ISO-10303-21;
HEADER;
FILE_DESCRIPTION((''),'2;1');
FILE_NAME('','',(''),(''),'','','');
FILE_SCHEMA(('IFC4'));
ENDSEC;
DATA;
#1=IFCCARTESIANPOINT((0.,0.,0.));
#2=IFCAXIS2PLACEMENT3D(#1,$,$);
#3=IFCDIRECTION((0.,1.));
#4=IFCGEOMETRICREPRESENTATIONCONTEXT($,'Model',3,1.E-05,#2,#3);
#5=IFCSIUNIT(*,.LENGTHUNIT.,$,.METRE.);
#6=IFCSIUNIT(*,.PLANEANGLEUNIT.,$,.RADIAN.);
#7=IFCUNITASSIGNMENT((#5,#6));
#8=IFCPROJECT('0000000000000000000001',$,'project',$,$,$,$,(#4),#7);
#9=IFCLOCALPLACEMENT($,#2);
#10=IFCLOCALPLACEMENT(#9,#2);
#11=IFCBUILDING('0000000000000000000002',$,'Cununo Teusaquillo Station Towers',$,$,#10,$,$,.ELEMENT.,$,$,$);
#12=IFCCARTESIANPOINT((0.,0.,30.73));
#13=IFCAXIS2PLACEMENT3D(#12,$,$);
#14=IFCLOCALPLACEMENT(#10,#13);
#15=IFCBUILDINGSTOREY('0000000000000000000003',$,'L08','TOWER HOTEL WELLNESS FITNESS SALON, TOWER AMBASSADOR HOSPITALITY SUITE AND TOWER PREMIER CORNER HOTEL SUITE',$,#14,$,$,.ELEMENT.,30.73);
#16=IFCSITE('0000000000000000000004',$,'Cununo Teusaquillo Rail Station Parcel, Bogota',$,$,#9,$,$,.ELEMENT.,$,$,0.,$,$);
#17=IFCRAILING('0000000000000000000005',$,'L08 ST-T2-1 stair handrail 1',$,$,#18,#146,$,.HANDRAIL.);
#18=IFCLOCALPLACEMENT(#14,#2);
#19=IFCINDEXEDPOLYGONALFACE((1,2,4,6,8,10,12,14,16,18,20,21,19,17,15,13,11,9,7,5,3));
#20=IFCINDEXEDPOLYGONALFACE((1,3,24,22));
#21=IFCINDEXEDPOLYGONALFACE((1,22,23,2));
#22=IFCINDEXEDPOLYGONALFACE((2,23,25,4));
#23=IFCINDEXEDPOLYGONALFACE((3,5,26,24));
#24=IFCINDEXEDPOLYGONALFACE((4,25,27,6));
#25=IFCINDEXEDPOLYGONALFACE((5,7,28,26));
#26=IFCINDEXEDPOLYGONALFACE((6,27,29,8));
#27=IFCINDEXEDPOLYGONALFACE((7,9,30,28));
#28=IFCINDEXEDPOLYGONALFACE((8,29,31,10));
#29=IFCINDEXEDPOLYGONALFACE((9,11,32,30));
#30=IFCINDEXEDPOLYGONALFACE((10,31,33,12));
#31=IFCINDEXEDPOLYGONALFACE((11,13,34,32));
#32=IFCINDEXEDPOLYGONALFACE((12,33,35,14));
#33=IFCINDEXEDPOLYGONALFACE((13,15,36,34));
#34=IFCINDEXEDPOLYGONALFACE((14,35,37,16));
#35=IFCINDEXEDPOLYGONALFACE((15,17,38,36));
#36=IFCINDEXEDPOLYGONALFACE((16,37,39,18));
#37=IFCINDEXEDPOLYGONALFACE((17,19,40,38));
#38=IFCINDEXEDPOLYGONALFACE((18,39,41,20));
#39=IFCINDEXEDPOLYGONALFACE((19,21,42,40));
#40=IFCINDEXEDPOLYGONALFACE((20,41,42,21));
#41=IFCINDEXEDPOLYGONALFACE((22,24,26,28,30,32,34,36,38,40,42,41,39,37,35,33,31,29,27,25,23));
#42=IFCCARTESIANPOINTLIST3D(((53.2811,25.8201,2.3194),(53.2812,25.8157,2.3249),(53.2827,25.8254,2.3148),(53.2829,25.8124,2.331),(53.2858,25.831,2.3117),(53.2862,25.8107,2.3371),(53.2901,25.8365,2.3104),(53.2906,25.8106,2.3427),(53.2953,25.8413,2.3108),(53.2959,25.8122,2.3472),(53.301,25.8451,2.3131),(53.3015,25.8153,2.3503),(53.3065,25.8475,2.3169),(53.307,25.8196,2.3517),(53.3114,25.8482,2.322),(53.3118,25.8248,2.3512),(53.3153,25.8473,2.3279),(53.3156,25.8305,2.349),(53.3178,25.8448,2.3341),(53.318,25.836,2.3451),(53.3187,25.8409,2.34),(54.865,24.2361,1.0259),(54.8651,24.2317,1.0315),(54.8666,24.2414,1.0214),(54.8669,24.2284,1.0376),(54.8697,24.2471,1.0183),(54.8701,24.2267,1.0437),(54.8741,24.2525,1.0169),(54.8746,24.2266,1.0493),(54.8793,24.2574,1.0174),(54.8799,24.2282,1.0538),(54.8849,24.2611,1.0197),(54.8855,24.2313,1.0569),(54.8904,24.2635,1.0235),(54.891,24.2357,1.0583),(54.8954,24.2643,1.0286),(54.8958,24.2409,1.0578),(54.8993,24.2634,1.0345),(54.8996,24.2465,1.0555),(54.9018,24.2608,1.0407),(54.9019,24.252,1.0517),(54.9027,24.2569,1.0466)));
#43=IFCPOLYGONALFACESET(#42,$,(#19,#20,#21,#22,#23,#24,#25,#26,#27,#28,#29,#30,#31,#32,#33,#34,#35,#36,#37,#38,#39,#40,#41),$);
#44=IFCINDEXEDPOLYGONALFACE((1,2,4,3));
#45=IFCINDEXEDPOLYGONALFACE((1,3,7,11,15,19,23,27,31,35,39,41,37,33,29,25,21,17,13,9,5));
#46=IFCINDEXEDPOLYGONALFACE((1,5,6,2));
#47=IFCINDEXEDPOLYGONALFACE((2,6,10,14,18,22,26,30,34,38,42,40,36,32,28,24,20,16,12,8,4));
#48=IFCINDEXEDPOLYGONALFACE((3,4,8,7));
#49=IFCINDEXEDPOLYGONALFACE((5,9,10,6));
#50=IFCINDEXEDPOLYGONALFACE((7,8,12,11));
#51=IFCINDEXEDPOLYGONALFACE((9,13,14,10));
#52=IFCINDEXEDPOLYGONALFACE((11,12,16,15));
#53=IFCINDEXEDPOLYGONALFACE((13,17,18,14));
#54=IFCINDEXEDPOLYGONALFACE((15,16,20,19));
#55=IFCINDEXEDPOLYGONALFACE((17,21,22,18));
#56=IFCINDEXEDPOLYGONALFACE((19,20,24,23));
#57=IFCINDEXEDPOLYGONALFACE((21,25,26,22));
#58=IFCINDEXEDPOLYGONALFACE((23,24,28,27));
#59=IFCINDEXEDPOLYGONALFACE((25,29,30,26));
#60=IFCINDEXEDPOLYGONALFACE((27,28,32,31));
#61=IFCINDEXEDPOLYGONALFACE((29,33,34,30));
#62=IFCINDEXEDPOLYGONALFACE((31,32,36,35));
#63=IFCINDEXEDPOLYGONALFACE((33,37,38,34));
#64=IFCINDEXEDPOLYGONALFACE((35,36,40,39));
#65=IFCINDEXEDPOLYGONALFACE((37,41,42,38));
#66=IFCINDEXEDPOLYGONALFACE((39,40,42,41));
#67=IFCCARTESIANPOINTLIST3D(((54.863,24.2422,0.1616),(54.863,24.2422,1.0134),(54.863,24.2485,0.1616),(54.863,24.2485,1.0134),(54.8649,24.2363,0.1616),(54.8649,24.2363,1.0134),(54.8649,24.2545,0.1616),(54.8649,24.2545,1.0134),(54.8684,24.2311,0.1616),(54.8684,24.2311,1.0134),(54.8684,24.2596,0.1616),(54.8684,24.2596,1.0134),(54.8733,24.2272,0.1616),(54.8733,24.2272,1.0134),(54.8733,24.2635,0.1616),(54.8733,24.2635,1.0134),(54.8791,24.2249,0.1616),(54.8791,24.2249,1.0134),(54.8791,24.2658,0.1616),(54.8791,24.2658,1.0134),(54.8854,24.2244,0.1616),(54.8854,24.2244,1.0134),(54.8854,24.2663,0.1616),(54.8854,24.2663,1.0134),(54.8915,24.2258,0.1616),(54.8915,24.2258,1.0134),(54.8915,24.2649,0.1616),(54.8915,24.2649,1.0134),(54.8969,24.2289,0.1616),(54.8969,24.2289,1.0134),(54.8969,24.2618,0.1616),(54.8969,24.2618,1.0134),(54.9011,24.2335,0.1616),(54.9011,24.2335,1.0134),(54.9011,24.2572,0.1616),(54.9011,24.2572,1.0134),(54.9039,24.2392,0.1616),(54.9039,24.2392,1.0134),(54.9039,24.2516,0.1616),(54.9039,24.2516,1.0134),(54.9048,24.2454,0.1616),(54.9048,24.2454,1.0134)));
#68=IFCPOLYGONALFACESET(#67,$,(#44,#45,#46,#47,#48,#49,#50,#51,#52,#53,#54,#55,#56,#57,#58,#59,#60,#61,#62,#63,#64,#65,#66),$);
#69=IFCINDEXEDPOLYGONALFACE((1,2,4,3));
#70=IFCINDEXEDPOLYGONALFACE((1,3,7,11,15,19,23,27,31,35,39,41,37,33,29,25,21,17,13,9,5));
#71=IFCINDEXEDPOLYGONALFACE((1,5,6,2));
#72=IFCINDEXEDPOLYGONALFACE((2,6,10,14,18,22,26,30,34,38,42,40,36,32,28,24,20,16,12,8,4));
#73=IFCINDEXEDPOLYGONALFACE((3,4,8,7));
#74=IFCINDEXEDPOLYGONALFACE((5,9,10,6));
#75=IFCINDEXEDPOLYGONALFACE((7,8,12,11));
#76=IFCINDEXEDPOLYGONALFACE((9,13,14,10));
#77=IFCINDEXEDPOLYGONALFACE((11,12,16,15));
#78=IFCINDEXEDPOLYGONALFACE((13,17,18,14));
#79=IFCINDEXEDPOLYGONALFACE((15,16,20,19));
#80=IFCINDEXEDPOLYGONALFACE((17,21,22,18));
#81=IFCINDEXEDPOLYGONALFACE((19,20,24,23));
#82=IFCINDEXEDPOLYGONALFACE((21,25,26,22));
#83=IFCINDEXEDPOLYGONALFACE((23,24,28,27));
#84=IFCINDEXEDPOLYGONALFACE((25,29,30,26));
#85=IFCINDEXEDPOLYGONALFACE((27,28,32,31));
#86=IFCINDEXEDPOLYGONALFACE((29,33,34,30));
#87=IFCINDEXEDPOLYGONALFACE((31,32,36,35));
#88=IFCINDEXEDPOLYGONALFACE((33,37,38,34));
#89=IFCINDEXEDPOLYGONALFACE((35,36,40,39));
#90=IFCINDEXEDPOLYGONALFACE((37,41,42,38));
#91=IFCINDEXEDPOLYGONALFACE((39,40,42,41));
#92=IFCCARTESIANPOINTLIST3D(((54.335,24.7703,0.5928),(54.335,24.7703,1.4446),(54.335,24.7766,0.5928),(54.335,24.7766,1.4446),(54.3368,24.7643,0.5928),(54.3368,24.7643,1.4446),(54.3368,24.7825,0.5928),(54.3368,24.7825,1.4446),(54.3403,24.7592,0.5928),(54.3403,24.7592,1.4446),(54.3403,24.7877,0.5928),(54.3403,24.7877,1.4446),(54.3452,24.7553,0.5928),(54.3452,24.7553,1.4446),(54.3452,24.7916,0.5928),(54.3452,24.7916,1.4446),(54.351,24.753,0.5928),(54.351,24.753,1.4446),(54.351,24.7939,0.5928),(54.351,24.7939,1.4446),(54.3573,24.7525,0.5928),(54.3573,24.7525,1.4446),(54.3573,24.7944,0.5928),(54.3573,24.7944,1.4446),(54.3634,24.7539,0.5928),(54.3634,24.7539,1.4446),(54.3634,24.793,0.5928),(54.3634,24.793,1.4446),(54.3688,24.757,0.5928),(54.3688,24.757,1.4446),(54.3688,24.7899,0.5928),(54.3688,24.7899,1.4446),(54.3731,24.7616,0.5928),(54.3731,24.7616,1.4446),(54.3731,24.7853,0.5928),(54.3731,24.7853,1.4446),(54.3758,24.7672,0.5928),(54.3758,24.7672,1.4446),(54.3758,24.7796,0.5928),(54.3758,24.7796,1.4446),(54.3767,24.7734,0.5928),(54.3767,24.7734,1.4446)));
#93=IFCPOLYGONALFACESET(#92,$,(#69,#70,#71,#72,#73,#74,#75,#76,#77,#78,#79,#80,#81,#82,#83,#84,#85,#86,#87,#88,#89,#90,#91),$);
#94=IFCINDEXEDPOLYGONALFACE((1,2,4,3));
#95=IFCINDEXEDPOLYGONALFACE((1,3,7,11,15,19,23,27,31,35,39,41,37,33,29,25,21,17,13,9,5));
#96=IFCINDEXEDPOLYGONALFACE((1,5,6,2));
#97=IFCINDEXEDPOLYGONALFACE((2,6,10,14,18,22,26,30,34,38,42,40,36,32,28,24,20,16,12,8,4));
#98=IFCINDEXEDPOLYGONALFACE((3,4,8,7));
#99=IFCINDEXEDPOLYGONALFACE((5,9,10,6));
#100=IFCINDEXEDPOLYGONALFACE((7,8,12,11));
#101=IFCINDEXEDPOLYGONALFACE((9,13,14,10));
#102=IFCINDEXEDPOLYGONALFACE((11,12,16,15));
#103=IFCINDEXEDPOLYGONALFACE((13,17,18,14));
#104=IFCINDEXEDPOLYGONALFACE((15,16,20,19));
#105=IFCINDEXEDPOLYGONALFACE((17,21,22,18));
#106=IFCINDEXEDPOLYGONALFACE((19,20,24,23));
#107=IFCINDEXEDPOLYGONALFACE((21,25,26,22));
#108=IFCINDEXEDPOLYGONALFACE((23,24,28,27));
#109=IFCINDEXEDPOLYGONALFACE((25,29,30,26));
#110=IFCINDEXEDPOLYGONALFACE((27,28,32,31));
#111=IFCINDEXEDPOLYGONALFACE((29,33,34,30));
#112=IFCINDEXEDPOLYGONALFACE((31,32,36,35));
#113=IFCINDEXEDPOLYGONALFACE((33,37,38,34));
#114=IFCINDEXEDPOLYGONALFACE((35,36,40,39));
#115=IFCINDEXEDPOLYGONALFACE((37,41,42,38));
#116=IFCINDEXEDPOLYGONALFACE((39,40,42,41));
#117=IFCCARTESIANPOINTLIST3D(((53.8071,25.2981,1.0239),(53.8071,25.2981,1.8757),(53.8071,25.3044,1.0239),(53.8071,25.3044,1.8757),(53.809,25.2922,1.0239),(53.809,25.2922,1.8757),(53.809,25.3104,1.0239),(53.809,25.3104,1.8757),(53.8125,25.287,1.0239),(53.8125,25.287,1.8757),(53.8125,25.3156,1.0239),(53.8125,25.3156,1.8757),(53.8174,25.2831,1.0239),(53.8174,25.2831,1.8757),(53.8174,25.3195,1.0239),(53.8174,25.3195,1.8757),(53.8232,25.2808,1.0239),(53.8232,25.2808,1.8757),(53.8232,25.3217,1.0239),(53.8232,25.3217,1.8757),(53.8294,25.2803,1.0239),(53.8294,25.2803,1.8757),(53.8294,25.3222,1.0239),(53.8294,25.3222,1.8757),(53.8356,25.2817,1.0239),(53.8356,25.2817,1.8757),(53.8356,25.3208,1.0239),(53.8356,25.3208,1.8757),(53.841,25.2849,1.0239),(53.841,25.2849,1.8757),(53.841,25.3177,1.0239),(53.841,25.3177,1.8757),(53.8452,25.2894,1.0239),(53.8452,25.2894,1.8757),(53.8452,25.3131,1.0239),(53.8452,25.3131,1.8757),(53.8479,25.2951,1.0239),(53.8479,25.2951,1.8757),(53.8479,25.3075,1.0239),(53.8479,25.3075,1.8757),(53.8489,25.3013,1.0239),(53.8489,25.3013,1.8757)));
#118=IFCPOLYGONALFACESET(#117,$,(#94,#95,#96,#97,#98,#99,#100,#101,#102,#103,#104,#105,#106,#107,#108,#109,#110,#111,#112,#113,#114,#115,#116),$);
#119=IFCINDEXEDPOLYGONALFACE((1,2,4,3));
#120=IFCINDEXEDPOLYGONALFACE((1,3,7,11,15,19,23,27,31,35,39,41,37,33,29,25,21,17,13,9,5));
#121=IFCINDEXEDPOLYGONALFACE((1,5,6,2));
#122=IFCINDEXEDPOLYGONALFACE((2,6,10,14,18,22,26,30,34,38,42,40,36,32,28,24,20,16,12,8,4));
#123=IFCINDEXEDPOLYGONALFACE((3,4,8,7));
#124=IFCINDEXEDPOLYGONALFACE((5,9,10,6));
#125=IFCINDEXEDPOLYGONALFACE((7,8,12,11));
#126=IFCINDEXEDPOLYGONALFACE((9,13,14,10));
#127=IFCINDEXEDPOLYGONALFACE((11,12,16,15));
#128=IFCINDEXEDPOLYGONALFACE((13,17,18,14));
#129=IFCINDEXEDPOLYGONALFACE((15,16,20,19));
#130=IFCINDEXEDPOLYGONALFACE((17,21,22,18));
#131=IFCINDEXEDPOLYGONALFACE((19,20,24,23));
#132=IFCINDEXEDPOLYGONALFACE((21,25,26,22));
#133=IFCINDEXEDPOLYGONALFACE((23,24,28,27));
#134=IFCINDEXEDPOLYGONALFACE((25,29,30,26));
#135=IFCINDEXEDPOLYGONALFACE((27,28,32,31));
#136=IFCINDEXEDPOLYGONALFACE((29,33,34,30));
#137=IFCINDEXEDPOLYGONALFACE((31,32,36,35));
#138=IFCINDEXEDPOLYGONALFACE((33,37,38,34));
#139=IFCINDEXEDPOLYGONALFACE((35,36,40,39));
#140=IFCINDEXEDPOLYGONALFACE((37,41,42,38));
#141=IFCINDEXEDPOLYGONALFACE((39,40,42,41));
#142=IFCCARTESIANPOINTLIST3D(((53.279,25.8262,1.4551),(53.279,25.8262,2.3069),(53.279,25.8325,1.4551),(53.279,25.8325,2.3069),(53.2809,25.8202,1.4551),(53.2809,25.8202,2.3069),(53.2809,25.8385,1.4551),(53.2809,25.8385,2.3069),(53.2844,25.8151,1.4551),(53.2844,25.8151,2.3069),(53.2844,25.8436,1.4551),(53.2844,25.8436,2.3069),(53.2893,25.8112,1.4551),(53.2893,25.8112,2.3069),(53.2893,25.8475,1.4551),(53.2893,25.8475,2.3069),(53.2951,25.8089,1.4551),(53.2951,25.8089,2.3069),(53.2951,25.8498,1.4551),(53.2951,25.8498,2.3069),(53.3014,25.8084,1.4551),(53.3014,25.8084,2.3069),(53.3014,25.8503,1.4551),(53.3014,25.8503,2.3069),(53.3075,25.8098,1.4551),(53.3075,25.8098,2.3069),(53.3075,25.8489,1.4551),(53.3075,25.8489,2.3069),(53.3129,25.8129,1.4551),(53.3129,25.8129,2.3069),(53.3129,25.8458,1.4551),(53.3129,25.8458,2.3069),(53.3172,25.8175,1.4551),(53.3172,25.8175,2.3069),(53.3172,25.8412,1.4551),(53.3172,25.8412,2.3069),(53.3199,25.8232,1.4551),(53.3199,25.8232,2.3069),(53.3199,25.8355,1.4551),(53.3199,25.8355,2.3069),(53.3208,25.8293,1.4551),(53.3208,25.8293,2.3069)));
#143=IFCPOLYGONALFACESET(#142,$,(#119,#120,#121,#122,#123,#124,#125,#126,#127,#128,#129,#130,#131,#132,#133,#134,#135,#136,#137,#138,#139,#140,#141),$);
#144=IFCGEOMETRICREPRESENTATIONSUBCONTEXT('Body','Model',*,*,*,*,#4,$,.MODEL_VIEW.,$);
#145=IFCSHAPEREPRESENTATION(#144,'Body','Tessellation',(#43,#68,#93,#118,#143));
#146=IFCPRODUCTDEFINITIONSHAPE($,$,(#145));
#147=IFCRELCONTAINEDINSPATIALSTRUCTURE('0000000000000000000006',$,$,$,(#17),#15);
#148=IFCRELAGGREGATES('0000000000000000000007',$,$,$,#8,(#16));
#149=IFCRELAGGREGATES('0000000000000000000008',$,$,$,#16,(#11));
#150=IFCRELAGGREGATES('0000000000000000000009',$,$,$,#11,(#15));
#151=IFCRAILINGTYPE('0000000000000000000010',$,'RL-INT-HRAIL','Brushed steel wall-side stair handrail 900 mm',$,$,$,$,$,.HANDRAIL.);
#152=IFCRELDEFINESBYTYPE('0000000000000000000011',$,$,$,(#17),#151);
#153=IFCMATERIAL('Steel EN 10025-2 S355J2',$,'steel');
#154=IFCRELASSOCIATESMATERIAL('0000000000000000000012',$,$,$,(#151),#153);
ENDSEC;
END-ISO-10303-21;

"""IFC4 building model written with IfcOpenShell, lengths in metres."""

from ifc_helpers import new_model, si_unit, direction, frame, origin, origin_2d, place, context, subcontext, project, spatial, circle, extrude, material, type_object, element, save


model = new_model("IFC4")

# Units and contexts
model_context = context("Model", 3, precision=1e-05, world=origin(), true_north=direction((0.0, 1.0)))
body_context = subcontext(model_context, "Body", "Model", "MODEL_VIEW")
ifc_project = project(units=[si_unit("LENGTHUNIT", "METRE"), si_unit("PLANEANGLEUNIT", "RADIAN")], contexts=[model_context])

# Site, building, storey
site_placement = place(None, origin())
site = spatial("IfcSite", under=ifc_project, at=site_placement, Name="Cununo Teusaquillo Rail Station Parcel, Bogota", CompositionType="ELEMENT", RefElevation=0.0)
building_placement = place(site_placement, origin())
building = spatial("IfcBuilding", under=site, at=building_placement, Name="Cununo Teusaquillo Station Towers", CompositionType="ELEMENT")
storey_placement = place(building_placement, frame((0.0, 0.0, 30.73)))
storey = spatial("IfcBuildingStorey", under=building, at=storey_placement, Name="L08", Description="TOWER HOTEL WELLNESS FITNESS SALON, TOWER AMBASSADOR HOSPITALITY SUITE AND TOWER PREMIER CORNER HOTEL SUITE", CompositionType="ELEMENT", Elevation=30.73)

# Railing
ifc_material_1 = material(Name="Steel EN 10025-2 S355J2", Category="steel")
railing_type_1 = type_object("IfcRailingType", Name="RL-INT-HRAIL", Description="Brushed steel wall-side stair handrail 900 mm", PredefinedType="HANDRAIL", material=ifc_material_1)
railing_1_placement = place(storey_placement, frame((54.8838, 24.2454, 0.1616)))
element("IfcRailing", 1, at=railing_1_placement, inside=storey, type_object=railing_type_1, Name="L08 ST-T2-1 stair handrail 1", PredefinedType="HANDRAIL", context=body_context, shape_type="SweptSolid", body=[
    extrude(circle(Radius=0.0239, at=origin_2d()), frame((0.0, 0.0, 0.876), z_axis=(-0.612356, 0.612356, 0.50004), x_axis=(-0.707107, -0.707107, 0.0)), (0.0, 0.0, 1.0), 2.5867),
    extrude(circle(Radius=0.021, at=origin_2d()), origin(), (0.0, 0.0, 1.0), 0.8518),
    extrude(circle(Radius=0.021, at=origin_2d()), frame((-0.5281, 0.5281, 0.4312)), (0.0, 0.0, 1.0), 0.8518),
    extrude(circle(Radius=0.021, at=origin_2d()), frame((-1.0559, 1.0559, 0.8623)), (0.0, 0.0, 1.0), 0.8518),
    extrude(circle(Radius=0.021, at=origin_2d()), frame((-1.584, 1.584, 1.2935)), (0.0, 0.0, 1.0), 0.8518),
])

save(model, "model.ifc")
